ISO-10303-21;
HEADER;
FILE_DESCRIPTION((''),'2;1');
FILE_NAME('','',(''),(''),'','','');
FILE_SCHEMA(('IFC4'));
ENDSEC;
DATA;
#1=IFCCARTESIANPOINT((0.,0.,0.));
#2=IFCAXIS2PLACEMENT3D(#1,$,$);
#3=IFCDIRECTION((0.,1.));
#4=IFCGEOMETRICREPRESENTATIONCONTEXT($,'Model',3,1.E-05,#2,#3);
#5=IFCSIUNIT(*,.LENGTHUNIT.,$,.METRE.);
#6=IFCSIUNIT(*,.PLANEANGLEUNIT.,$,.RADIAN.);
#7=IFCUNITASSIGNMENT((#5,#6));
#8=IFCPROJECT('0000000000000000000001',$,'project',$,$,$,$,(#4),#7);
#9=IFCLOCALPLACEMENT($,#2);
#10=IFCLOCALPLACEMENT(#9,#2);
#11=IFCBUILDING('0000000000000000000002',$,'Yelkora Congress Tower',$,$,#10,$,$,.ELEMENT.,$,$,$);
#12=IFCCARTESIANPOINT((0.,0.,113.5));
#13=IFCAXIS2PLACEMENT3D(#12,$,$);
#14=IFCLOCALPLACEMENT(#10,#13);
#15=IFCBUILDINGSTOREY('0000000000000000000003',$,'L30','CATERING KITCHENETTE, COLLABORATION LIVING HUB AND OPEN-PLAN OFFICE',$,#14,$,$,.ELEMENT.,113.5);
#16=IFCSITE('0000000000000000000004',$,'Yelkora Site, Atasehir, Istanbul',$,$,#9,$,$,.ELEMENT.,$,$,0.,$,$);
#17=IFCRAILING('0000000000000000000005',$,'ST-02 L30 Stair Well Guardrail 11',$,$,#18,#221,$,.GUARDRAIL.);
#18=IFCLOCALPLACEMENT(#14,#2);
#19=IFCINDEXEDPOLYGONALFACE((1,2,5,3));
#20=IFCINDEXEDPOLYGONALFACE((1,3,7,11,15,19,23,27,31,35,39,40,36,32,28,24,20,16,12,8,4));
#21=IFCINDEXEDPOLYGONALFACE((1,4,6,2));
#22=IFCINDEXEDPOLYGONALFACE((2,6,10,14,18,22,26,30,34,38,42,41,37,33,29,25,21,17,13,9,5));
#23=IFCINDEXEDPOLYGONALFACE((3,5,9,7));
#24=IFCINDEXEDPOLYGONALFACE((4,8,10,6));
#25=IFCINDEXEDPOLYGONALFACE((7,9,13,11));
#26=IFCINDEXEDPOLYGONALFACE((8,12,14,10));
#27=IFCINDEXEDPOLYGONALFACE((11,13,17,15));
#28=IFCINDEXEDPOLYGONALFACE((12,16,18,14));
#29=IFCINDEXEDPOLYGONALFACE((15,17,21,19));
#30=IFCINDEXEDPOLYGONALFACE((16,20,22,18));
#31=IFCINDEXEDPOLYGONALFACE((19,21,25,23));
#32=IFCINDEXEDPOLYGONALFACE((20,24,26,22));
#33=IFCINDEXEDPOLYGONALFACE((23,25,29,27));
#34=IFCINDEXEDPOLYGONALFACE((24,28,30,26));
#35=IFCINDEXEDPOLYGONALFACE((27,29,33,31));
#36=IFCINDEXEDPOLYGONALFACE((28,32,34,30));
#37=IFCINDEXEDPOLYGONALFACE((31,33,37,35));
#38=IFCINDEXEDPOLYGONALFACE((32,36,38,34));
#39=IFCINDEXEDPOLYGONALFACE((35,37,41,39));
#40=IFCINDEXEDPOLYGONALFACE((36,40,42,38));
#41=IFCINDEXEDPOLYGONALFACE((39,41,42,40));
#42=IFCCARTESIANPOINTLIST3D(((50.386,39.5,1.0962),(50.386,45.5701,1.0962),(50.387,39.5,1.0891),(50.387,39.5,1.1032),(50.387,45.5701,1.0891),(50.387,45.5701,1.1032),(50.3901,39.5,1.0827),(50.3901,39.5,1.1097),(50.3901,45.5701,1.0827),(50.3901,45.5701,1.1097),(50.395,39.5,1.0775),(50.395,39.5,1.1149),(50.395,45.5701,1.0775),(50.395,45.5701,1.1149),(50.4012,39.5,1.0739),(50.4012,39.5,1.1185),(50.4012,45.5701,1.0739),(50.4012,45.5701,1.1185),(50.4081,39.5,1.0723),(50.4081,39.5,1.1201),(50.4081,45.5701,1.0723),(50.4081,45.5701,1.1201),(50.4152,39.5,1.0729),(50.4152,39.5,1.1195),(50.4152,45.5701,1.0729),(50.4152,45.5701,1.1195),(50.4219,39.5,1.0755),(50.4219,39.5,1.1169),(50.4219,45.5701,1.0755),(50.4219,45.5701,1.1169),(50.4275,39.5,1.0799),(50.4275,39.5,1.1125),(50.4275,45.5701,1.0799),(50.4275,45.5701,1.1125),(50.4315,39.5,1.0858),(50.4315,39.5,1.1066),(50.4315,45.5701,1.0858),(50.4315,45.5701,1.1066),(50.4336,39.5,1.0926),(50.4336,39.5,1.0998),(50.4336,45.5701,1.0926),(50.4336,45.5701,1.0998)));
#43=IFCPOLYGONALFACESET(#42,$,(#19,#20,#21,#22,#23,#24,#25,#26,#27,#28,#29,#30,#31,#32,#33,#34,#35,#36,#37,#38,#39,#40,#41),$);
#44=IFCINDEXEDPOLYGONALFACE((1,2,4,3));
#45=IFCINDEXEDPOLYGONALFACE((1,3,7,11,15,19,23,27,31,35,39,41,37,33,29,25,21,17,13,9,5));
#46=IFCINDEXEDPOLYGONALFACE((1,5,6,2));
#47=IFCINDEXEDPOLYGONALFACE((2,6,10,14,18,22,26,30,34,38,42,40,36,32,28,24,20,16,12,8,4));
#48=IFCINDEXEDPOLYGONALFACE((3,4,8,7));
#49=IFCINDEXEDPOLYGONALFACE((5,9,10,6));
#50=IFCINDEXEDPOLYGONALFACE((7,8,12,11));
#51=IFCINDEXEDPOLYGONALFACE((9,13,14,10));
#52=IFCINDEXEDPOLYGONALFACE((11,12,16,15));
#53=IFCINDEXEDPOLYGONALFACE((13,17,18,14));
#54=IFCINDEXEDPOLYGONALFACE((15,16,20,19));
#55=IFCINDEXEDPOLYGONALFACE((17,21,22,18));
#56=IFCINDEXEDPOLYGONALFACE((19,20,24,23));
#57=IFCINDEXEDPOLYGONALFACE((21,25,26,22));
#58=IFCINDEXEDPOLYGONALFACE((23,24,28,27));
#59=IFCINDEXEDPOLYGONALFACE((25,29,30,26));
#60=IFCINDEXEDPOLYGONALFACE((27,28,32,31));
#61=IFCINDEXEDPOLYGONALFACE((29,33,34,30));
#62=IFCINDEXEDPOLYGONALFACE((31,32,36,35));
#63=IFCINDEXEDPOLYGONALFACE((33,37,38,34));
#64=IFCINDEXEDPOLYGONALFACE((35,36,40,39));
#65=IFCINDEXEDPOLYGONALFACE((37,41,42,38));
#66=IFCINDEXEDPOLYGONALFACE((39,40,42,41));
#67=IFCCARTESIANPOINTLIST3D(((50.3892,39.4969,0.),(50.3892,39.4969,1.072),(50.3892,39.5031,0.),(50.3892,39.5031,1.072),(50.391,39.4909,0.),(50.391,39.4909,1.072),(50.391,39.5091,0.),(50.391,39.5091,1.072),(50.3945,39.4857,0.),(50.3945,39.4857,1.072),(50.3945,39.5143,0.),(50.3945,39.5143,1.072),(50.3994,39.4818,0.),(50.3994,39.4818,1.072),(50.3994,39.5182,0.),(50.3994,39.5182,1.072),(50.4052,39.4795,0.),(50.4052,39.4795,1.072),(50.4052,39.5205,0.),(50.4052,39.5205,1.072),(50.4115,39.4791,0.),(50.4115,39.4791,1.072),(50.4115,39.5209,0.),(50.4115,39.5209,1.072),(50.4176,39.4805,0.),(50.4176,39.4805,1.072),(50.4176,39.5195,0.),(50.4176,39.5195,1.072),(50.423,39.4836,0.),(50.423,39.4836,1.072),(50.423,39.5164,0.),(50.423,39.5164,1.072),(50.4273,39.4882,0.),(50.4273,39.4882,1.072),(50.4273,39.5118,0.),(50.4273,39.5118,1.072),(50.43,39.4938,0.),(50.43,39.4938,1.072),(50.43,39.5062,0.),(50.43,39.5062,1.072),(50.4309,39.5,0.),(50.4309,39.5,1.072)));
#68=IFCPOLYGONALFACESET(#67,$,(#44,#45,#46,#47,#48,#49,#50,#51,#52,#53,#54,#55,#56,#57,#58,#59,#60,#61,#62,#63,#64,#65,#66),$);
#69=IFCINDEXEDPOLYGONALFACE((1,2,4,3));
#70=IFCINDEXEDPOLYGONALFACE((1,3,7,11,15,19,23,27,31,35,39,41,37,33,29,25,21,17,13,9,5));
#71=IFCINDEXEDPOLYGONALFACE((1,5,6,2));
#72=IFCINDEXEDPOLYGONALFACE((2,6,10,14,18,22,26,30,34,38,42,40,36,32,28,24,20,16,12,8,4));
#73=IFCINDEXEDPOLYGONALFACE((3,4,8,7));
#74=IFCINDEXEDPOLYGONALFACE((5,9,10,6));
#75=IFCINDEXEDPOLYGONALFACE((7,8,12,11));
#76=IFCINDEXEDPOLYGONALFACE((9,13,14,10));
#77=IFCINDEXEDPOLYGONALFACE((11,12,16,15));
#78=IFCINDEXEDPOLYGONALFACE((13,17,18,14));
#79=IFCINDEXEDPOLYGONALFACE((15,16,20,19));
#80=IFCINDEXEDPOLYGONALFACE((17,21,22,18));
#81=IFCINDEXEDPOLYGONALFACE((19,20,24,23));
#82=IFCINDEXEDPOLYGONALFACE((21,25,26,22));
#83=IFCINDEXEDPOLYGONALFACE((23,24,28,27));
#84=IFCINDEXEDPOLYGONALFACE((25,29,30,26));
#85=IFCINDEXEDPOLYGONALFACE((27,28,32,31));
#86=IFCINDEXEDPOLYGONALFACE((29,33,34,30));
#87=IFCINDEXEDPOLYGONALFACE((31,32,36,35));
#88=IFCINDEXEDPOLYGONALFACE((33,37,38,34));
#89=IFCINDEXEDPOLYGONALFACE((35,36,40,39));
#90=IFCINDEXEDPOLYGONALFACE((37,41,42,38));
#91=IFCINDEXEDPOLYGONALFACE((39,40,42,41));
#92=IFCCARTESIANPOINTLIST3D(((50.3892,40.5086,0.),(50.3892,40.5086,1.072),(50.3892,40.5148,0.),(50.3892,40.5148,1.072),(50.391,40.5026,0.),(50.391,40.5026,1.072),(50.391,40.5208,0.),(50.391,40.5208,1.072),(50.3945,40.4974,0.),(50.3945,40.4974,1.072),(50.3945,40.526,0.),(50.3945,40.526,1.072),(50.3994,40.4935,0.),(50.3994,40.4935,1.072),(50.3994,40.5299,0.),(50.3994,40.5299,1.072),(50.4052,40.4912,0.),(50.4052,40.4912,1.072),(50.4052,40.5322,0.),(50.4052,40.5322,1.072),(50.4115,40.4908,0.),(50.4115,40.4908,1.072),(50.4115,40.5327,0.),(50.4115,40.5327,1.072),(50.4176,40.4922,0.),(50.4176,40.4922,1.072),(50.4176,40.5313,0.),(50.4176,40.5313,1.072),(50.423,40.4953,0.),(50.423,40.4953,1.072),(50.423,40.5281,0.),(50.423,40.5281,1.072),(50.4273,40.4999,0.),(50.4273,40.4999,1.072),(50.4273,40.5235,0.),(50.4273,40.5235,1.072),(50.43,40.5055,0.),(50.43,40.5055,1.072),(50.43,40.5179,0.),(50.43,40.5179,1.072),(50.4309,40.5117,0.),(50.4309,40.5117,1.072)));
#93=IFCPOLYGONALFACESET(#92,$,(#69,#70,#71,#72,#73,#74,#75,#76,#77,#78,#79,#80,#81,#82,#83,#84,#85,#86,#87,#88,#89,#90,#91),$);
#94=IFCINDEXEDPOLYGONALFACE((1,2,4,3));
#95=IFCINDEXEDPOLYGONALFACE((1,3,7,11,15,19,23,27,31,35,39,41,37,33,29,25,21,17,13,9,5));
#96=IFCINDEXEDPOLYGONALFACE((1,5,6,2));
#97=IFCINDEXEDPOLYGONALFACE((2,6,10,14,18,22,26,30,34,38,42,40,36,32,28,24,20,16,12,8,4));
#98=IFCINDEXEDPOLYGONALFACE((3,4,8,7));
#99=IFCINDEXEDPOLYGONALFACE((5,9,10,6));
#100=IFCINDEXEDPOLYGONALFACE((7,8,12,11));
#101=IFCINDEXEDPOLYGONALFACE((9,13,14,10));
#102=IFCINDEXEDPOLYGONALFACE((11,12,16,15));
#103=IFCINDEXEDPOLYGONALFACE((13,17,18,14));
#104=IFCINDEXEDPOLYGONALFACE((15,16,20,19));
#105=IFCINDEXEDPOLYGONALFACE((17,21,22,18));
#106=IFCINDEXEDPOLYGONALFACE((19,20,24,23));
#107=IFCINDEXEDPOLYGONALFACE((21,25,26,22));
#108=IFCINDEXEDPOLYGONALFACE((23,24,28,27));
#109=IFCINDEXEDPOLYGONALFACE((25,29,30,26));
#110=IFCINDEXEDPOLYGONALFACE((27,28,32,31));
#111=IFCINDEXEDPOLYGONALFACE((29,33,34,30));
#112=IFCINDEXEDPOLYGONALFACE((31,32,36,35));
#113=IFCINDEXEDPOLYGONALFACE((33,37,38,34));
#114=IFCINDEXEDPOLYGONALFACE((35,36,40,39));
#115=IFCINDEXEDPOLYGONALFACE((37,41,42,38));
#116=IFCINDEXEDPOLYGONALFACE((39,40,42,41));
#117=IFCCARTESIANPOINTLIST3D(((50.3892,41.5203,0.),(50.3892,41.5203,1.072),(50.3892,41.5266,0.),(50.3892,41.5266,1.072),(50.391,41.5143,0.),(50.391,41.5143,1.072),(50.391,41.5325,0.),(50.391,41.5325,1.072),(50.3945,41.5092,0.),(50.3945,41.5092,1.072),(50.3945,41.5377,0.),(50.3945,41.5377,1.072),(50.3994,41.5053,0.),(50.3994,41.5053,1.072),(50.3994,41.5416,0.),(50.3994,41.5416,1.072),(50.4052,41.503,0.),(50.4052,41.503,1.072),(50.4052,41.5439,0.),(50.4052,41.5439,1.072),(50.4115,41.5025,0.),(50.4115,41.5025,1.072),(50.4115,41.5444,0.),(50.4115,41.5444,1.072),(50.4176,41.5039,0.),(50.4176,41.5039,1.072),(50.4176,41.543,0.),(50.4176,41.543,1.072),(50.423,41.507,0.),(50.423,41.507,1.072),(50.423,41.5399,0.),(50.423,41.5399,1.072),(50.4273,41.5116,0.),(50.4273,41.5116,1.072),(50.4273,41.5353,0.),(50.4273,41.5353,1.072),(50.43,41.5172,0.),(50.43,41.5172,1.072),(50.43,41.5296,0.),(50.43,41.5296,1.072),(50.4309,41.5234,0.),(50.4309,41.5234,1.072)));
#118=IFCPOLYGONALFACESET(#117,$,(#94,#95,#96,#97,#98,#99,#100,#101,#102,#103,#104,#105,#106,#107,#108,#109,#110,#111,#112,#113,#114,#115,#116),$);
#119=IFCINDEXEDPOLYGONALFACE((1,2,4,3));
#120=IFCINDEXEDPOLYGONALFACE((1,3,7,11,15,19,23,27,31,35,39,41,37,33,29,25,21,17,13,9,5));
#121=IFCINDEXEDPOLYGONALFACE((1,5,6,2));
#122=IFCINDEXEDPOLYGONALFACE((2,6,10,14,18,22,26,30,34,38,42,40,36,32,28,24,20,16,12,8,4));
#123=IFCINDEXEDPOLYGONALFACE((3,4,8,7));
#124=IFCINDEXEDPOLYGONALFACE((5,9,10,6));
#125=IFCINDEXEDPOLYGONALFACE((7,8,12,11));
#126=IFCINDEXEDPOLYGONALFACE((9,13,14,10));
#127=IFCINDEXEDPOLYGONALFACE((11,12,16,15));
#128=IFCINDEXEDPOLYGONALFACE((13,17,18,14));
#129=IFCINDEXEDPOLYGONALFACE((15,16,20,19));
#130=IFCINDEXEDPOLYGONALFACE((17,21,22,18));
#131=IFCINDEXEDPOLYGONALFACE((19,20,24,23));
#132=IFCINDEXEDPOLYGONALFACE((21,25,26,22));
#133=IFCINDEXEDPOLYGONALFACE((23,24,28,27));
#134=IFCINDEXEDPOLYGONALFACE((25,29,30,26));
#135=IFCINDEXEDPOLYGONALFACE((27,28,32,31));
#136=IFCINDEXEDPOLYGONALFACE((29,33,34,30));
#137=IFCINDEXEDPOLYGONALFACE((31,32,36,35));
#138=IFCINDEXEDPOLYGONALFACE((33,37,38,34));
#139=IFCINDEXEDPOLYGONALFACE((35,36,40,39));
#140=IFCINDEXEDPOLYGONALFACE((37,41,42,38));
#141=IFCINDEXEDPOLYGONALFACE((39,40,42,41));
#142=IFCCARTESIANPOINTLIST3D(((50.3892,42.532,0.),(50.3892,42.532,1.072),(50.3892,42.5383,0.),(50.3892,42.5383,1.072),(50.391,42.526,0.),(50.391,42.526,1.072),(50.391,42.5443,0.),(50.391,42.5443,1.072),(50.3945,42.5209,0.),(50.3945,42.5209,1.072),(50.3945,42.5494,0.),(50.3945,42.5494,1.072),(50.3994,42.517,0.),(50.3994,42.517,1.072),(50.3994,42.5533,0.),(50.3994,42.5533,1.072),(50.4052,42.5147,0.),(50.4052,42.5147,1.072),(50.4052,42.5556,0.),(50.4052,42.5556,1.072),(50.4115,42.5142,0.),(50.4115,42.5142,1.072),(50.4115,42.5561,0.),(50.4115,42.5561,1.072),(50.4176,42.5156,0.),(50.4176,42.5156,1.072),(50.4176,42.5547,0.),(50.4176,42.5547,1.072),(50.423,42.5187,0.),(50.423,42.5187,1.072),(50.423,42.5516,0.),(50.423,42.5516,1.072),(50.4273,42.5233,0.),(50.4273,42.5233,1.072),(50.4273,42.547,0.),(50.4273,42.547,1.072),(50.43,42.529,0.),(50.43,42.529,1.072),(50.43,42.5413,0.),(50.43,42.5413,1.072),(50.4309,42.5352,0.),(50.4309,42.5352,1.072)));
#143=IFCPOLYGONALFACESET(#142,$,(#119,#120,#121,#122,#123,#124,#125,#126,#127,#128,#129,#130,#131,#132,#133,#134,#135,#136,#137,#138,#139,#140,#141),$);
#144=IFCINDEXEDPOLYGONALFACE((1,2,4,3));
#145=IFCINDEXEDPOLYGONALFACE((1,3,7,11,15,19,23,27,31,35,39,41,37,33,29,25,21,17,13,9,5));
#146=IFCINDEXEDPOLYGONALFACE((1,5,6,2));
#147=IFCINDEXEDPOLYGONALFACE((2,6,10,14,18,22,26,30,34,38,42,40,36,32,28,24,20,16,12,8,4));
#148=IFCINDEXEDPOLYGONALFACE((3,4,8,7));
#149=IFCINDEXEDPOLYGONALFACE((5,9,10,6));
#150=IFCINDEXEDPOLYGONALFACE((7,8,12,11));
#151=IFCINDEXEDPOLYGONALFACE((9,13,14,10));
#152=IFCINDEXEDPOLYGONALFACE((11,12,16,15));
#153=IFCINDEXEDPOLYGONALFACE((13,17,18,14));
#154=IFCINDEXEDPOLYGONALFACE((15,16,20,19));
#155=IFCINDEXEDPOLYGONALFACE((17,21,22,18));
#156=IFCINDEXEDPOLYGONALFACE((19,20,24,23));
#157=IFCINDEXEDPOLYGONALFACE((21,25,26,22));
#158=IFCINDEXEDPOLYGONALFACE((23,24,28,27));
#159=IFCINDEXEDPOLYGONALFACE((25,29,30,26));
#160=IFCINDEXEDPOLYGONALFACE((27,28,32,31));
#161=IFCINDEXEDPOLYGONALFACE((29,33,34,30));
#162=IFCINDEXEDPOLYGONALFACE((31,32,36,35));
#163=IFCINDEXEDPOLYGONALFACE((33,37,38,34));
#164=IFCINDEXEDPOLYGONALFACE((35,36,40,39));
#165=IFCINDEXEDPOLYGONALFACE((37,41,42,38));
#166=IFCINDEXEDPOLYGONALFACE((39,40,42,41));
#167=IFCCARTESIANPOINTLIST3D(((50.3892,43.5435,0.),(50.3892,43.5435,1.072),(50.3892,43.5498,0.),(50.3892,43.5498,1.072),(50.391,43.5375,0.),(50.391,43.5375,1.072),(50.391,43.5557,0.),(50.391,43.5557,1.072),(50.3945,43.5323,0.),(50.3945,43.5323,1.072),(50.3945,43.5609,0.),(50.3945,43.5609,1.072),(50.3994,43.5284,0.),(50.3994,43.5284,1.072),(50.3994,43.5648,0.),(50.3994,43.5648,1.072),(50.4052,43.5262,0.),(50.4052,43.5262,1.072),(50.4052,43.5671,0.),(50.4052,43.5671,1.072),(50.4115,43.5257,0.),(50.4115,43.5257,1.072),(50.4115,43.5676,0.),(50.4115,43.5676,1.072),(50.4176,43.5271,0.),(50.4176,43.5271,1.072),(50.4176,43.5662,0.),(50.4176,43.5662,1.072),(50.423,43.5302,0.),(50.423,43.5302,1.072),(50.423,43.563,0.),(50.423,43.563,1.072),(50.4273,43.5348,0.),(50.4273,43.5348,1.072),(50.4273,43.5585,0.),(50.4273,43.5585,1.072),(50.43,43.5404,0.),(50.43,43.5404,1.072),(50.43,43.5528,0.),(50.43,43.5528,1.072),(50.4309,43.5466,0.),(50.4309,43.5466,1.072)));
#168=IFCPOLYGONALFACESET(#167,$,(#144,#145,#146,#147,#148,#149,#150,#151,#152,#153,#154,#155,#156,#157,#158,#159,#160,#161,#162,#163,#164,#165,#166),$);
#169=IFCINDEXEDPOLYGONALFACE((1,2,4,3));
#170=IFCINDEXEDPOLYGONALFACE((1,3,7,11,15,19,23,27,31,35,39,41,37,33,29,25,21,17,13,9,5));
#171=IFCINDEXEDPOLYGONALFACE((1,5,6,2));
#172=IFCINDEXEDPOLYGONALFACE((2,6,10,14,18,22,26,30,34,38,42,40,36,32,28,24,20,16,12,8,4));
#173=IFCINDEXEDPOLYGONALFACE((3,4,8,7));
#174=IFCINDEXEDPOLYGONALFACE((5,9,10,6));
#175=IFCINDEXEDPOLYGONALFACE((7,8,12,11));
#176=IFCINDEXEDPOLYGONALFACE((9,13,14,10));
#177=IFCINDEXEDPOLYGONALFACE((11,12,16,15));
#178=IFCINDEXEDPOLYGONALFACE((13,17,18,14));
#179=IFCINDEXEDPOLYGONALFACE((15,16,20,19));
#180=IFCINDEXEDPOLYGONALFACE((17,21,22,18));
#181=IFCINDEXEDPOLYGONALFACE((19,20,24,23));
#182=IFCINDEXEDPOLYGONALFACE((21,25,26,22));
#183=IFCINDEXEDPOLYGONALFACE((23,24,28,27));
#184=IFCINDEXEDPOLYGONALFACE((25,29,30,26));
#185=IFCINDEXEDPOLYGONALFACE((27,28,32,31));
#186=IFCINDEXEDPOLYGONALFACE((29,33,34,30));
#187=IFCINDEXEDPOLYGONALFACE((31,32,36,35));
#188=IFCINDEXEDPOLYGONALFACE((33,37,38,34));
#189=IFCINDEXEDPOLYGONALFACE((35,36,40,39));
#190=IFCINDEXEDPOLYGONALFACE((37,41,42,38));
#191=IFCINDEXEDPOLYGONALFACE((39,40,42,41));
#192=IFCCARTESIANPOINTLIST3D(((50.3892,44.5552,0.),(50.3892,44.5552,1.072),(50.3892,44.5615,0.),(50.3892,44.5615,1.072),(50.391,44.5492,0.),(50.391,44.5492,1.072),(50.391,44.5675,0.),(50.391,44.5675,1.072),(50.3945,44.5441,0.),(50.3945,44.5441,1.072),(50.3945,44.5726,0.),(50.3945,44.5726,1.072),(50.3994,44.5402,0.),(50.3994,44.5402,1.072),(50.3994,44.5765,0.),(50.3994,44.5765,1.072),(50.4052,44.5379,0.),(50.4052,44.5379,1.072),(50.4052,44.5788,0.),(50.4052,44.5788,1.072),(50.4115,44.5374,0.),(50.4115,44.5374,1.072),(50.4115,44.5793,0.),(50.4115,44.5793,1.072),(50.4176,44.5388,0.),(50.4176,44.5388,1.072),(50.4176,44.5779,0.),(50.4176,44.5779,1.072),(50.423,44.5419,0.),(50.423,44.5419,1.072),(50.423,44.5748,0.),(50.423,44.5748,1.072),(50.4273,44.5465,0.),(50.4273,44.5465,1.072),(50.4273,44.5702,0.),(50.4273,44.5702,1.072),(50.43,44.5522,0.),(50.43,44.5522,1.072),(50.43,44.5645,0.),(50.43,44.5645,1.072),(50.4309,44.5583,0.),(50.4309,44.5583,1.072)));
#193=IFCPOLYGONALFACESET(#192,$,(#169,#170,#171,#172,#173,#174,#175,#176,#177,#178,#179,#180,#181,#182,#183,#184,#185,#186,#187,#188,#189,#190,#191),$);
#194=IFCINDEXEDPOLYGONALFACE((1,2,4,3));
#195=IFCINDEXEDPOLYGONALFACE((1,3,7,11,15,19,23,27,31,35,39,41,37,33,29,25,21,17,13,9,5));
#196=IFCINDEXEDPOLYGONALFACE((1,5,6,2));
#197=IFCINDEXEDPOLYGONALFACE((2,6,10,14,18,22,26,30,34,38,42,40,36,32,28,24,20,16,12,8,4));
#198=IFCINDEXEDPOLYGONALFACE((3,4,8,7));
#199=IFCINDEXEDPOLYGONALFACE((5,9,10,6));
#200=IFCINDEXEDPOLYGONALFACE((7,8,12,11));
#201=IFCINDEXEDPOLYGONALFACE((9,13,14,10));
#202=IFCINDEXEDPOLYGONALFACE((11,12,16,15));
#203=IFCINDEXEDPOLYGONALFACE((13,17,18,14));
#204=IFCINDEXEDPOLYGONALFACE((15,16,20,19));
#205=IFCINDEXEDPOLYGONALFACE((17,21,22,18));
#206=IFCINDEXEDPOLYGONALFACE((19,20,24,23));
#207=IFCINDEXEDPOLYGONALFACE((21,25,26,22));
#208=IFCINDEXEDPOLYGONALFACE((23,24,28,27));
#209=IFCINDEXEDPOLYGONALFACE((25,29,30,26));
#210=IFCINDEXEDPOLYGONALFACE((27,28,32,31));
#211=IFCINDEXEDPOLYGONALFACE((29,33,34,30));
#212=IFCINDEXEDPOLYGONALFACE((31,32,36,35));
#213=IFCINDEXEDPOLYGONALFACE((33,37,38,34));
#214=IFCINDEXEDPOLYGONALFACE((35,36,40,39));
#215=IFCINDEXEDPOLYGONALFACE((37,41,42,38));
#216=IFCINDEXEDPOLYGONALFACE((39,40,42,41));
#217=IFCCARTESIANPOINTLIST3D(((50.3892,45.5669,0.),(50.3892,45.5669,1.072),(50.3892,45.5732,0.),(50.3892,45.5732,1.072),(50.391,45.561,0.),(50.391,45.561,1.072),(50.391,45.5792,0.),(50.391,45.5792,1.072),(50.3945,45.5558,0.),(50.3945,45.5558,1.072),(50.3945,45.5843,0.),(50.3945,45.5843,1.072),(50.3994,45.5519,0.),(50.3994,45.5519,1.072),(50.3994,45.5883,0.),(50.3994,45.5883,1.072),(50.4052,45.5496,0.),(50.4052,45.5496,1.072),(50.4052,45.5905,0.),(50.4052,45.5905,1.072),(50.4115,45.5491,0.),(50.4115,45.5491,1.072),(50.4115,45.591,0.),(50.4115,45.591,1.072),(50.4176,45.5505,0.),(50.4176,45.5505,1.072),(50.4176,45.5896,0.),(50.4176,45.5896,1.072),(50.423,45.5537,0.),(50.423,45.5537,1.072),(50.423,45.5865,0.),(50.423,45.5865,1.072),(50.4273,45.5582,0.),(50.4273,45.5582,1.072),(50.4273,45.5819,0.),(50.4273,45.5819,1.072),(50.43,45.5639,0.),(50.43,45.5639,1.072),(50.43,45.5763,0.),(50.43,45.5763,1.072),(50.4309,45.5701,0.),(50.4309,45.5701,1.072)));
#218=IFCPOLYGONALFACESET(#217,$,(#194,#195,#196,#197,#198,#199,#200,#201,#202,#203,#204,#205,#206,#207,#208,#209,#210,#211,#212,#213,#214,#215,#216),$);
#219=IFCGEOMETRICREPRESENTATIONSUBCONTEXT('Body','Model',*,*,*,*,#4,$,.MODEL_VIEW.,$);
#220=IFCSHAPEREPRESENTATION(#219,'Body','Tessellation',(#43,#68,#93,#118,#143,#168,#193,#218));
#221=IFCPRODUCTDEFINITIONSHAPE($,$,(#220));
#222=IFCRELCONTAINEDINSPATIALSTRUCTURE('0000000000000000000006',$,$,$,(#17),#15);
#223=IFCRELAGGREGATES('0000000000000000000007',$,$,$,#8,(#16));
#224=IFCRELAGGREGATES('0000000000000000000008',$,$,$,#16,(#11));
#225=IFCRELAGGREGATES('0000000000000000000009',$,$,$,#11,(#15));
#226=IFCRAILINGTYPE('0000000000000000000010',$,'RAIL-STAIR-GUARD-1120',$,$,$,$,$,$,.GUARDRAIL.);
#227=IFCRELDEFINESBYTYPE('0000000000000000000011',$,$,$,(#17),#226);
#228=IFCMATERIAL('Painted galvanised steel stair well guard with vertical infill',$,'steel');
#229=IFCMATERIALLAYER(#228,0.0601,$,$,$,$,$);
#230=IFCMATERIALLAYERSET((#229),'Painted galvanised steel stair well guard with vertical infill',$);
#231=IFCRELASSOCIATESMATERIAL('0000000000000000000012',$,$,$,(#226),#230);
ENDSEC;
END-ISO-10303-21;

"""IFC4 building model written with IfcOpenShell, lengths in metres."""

from ifc_helpers import new_model, si_unit, direction, frame, origin, origin_2d, place, context, subcontext, project, spatial, circle, extrude, material, layer, layer_set, type_object, element, save


model = new_model("IFC4")

# Units and contexts
model_context = context("Model", 3, precision=1e-05, world=origin(), true_north=direction((0.0, 1.0)))
body_context = subcontext(model_context, "Body", "Model", "MODEL_VIEW")
ifc_project = project(units=[si_unit("LENGTHUNIT", "METRE"), si_unit("PLANEANGLEUNIT", "RADIAN")], contexts=[model_context])

# Site, building, storey
site_placement = place(None, origin())
site = spatial("IfcSite", under=ifc_project, at=site_placement, Name="Yelkora Site, Atasehir, Istanbul", CompositionType="ELEMENT", RefElevation=0.0)
building_placement = place(site_placement, origin())
building = spatial("IfcBuilding", under=site, at=building_placement, Name="Yelkora Congress Tower", CompositionType="ELEMENT")
storey_placement = place(building_placement, frame((0.0, 0.0, 113.5)))
storey = spatial("IfcBuildingStorey", under=building, at=storey_placement, Name="L30", Description="CATERING KITCHENETTE, COLLABORATION LIVING HUB AND OPEN-PLAN OFFICE", CompositionType="ELEMENT", Elevation=113.5)

# Railing
ifc_material_1 = material(Name="Painted galvanised steel stair well guard with vertical infill", Category="steel")
ifc_layer_1 = layer(ifc_material_1, 0.0601)
ifc_layer_set_1 = layer_set([ifc_layer_1], Name="Painted galvanised steel stair well guard with vertical infill")
railing_type_1 = type_object("IfcRailingType", Name="RAIL-STAIR-GUARD-1120", PredefinedType="GUARDRAIL", material=ifc_layer_set_1)
railing_1_placement = place(storey_placement, frame((50.4099, 39.5, 0.0)))
element("IfcRailing", 1, at=railing_1_placement, inside=storey, type_object=railing_type_1, Name="ST-02 L30 Stair Well Guardrail 11", PredefinedType="GUARDRAIL", context=body_context, shape_type="SweptSolid", body=[
    extrude(circle(Radius=0.0239, at=origin_2d()), frame((0.0, 0.0, 1.0962), z_axis=(0.0, 1.0, 0.0), x_axis=(-1.0, 0.0, 0.0)), (0.0, 0.0, 1.0), 6.0701),
    extrude(circle(Radius=0.021, at=origin_2d()), origin(), (0.0, 0.0, 1.0), 1.072),
    extrude(circle(Radius=0.021, at=origin_2d()), frame((0.0, 1.0117, 0.0)), (0.0, 0.0, 1.0), 1.072),
    extrude(circle(Radius=0.021, at=origin_2d()), frame((0.0, 2.0234, 0.0)), (0.0, 0.0, 1.0), 1.072),
    extrude(circle(Radius=0.021, at=origin_2d()), frame((0.0, 3.0352, 0.0)), (0.0, 0.0, 1.0), 1.072),
    extrude(circle(Radius=0.021, at=origin_2d()), frame((0.0, 4.0466, 0.0)), (0.0, 0.0, 1.0), 1.072),
    extrude(circle(Radius=0.021, at=origin_2d()), frame((0.0, 5.0583, 0.0)), (0.0, 0.0, 1.0), 1.072),
    extrude(circle(Radius=0.021, at=origin_2d()), frame((0.0, 6.0701, 0.0)), (0.0, 0.0, 1.0), 1.072),
])

save(model, "model.ifc")
